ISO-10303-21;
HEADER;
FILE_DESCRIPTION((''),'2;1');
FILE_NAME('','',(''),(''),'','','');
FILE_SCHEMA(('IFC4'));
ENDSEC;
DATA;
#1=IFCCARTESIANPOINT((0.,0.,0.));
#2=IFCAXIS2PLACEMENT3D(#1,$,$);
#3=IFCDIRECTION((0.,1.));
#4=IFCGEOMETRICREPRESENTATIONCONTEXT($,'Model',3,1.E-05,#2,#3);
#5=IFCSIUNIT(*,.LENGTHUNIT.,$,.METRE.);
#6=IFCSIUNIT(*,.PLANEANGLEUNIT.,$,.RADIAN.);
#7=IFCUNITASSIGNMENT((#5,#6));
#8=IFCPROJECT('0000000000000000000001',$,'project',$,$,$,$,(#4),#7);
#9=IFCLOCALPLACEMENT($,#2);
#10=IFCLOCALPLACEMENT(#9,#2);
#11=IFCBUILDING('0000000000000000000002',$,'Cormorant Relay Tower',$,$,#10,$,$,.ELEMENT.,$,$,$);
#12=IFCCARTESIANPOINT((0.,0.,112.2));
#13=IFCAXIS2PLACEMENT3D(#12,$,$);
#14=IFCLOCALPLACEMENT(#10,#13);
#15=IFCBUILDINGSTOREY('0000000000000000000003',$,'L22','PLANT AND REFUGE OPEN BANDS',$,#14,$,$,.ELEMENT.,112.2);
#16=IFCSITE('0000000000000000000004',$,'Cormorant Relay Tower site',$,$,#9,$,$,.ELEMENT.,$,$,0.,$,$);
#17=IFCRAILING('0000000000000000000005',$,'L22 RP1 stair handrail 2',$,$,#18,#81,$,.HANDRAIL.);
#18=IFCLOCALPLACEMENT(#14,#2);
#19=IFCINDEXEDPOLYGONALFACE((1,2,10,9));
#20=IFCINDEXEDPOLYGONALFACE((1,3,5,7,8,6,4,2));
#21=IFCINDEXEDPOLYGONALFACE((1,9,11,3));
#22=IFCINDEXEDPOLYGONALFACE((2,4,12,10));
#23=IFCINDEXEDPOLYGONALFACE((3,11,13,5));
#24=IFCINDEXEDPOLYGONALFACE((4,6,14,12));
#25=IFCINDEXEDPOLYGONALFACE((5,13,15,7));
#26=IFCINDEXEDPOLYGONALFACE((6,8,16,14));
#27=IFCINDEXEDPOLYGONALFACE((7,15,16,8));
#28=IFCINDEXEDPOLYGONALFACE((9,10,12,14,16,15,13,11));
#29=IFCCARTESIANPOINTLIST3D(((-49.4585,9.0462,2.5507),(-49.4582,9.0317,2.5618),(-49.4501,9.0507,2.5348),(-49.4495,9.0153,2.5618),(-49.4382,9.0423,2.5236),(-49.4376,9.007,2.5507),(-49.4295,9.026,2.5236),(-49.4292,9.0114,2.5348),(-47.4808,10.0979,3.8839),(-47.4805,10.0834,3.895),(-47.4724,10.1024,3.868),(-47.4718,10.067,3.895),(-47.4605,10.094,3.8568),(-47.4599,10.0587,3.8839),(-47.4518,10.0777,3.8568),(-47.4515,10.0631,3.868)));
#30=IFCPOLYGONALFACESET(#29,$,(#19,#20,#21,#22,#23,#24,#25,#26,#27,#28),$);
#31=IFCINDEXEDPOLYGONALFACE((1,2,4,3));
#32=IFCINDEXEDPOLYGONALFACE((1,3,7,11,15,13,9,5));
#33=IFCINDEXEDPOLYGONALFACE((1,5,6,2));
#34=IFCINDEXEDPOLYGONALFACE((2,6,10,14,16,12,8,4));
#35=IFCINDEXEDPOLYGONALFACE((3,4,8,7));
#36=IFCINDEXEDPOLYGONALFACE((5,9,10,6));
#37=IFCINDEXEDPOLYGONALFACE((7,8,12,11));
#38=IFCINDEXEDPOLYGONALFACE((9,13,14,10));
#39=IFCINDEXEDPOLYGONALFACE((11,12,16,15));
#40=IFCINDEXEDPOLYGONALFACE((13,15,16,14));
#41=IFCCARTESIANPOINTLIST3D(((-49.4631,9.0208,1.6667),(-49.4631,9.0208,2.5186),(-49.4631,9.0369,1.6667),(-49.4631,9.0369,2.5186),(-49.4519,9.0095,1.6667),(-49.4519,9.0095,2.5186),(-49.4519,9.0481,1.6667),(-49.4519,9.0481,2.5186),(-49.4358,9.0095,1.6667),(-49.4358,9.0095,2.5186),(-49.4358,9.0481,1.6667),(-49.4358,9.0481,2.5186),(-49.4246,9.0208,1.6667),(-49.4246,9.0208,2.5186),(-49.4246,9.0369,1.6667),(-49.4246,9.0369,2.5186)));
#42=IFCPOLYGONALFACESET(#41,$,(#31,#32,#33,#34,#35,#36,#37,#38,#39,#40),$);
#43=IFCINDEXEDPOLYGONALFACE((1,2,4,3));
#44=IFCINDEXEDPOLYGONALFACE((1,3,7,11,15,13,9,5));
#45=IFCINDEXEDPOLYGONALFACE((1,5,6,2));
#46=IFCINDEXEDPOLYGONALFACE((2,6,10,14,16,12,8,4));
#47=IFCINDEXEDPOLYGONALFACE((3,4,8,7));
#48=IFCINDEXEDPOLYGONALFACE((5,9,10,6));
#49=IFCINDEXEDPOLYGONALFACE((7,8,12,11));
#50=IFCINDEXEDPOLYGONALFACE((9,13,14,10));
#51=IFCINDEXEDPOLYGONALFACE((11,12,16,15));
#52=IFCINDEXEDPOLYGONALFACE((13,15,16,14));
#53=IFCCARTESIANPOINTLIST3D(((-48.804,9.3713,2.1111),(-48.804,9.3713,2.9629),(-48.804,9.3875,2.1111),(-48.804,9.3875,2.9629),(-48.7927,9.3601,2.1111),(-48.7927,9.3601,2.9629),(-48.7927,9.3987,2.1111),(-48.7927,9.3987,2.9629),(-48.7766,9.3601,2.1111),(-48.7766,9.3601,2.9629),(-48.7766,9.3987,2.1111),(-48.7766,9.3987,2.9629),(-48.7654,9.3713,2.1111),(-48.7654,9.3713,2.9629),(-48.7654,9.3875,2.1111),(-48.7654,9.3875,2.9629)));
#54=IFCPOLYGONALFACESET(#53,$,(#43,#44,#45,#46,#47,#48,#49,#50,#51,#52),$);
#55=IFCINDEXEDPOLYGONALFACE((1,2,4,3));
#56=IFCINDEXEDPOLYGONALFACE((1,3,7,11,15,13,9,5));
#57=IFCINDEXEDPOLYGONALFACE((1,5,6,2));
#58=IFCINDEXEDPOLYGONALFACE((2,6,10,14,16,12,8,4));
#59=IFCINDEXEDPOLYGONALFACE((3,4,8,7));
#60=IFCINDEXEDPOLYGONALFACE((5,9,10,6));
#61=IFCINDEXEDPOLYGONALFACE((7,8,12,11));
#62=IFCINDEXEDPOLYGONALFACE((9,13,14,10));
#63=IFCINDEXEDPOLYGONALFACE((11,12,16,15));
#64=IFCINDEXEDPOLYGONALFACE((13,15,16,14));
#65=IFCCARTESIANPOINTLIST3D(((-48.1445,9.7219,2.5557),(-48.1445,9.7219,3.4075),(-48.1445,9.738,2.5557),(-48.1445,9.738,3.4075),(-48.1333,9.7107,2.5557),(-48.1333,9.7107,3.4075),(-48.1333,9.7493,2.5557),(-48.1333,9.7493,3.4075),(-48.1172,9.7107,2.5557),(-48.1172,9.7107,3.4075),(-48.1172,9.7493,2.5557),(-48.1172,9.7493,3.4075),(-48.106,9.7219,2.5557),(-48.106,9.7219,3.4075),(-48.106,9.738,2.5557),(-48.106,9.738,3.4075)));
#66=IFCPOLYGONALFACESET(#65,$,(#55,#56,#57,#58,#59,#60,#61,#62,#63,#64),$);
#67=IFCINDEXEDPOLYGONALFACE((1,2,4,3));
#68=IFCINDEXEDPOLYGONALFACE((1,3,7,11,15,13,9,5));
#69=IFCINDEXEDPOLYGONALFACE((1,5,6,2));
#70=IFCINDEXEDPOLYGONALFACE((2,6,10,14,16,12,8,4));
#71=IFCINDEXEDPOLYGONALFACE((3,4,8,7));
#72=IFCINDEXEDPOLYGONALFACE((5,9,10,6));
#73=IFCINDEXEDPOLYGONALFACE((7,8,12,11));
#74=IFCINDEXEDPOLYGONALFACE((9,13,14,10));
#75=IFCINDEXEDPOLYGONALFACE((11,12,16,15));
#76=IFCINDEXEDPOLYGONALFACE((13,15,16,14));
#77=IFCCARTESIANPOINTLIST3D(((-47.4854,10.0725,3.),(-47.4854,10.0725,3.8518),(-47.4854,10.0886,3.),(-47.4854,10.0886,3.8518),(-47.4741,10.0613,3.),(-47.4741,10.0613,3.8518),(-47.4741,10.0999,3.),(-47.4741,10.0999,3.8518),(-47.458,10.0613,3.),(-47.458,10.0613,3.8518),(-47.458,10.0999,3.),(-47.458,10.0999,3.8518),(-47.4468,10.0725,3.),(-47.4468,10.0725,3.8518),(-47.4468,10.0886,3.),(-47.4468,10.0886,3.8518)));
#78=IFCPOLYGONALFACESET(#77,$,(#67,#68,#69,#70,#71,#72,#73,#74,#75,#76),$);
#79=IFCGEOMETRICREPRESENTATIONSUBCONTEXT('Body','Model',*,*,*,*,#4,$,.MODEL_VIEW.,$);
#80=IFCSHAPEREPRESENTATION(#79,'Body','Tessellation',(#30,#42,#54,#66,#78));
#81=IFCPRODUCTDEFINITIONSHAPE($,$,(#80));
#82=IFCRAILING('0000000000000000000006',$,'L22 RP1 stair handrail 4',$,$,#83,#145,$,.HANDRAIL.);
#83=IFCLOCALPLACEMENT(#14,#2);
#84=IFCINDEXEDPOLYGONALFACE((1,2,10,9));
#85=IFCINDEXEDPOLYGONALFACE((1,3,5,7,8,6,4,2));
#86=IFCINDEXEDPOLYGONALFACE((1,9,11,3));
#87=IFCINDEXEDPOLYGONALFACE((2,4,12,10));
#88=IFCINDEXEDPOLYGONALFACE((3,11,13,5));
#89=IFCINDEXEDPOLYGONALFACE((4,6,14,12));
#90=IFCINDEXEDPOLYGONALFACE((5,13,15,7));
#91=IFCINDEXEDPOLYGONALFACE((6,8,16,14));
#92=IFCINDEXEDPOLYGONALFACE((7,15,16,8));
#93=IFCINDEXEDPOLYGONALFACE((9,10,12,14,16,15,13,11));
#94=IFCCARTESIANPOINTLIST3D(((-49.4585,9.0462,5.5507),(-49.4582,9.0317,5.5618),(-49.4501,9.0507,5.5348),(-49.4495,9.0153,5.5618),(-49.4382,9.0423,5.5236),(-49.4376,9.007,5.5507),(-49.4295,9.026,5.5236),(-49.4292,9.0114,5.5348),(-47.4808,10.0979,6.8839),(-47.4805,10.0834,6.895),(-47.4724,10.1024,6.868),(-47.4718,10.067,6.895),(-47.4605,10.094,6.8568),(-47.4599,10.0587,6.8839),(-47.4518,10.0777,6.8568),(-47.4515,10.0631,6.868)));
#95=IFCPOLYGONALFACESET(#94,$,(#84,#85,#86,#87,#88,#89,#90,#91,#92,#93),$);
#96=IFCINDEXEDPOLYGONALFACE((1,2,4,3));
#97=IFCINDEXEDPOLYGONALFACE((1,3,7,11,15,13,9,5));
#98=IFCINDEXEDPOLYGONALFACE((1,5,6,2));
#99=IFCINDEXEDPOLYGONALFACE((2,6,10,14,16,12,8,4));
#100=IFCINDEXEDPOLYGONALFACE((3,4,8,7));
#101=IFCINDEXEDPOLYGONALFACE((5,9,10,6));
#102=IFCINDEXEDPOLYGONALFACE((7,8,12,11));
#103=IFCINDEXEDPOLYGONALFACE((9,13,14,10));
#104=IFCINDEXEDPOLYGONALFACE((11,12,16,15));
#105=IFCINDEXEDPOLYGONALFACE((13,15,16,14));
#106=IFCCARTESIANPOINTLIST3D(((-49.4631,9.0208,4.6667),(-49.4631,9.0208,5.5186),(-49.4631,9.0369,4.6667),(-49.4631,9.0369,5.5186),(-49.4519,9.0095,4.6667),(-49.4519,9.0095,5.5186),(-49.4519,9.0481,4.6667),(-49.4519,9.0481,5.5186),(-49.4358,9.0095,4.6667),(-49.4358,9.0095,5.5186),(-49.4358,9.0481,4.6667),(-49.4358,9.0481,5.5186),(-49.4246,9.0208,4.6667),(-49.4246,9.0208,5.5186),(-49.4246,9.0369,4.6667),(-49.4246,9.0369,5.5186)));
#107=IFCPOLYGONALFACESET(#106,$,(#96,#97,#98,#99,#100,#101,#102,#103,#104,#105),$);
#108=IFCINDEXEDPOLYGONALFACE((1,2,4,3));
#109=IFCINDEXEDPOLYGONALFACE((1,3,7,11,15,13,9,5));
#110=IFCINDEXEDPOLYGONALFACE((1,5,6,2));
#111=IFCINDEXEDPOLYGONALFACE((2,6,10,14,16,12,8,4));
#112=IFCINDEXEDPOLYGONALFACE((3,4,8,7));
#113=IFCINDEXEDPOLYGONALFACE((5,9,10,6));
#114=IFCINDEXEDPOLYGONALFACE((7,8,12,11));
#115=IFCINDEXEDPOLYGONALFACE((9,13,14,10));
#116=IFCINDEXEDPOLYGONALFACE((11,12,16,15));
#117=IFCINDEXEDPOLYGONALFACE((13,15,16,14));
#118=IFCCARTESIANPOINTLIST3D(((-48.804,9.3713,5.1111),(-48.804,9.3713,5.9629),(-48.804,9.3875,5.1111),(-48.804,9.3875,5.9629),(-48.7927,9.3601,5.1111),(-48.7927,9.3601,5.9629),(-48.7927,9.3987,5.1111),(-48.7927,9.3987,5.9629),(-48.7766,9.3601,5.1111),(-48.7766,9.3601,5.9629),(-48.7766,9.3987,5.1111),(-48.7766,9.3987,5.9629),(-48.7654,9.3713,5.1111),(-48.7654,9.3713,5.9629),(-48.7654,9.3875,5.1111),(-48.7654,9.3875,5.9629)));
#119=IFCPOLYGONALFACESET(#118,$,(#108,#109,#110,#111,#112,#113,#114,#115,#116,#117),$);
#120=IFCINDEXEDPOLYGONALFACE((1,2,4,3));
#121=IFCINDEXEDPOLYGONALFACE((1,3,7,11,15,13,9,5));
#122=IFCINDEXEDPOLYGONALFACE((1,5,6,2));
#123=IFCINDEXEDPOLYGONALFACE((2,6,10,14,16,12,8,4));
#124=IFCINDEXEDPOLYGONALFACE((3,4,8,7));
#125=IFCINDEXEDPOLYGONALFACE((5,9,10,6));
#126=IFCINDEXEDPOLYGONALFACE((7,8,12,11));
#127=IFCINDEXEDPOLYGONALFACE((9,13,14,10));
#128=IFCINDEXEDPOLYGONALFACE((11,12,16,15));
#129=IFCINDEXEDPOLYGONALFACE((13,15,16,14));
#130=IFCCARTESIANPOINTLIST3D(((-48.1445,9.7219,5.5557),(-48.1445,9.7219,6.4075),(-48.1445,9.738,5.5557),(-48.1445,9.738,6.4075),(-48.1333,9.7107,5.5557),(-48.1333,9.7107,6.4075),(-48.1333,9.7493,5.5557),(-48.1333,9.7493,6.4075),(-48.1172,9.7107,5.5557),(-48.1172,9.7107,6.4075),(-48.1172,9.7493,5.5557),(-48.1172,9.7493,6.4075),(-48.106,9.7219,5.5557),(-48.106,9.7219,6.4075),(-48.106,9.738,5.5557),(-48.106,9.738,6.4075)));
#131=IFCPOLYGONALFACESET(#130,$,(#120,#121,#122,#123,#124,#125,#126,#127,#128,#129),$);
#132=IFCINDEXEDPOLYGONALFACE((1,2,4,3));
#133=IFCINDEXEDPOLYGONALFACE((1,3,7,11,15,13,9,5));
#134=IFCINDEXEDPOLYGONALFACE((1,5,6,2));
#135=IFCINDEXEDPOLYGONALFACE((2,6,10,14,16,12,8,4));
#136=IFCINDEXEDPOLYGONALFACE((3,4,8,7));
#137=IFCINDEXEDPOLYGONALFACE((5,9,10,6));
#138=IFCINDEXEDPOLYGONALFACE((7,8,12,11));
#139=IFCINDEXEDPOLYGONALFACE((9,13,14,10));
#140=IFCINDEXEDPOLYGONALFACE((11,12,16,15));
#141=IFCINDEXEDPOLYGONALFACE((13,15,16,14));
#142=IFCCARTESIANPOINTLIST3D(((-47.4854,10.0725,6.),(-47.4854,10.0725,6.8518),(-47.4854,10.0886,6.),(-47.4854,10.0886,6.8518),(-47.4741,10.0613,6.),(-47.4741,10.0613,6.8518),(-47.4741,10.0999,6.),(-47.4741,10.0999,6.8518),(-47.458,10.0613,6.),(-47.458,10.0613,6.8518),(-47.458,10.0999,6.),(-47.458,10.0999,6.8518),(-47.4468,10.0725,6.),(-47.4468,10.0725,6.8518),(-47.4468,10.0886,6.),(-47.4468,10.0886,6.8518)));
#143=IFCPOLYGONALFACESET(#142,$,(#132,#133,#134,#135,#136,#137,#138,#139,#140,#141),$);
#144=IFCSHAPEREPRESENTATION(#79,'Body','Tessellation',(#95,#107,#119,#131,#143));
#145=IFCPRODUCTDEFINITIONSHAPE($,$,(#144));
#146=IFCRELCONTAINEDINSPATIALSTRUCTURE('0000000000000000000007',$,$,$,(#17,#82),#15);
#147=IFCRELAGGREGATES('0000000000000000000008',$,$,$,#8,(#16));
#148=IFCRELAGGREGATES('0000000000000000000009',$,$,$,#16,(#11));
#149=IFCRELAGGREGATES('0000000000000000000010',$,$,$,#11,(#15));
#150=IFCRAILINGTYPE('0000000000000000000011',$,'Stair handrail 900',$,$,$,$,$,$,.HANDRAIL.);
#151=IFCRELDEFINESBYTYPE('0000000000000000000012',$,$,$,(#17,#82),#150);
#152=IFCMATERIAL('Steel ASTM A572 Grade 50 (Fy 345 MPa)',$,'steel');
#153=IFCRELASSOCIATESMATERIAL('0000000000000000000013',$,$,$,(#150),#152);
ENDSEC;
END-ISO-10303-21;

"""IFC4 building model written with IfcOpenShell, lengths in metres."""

from ifc_helpers import new_model, si_unit, direction, frame, origin, place, context, subcontext, project, spatial, polyline, outline, extrude, material, type_object, element, save


model = new_model("IFC4")

# Units and contexts
model_context = context("Model", 3, precision=1e-05, world=origin(), true_north=direction((0.0, 1.0)))
body_context = subcontext(model_context, "Body", "Model", "MODEL_VIEW")
ifc_project = project(units=[si_unit("LENGTHUNIT", "METRE"), si_unit("PLANEANGLEUNIT", "RADIAN")], contexts=[model_context])

# Site, building, storey
site_placement = place(None, origin())
site = spatial("IfcSite", under=ifc_project, at=site_placement, Name="Cormorant Relay Tower site", CompositionType="ELEMENT", RefElevation=0.0)
building_placement = place(site_placement, origin())
building = spatial("IfcBuilding", under=site, at=building_placement, Name="Cormorant Relay Tower", CompositionType="ELEMENT")
storey_placement = place(building_placement, frame((0.0, 0.0, 112.2)))
storey = spatial("IfcBuildingStorey", under=building, at=storey_placement, Name="L22", Description="PLANT AND REFUGE OPEN BANDS", CompositionType="ELEMENT", Elevation=112.2)

# Railings
ifc_material_1 = material(Name="Steel ASTM A572 Grade 50 (Fy 345 MPa)", Category="steel")
railing_type_1 = type_object("IfcRailingType", Name="Stair handrail 900", PredefinedType="HANDRAIL", material=ifc_material_1)
railing_1_placement = place(storey_placement, frame((-49.4438, 9.0288, 1.6667)))
element("IfcRailing", 1, at=railing_1_placement, inside=storey, type_object=railing_type_1, Name="L22 RP1 stair handrail 2", PredefinedType="HANDRAIL", context=body_context, shape_type="SweptSolid", body=[
    extrude(outline(polyline([(0.0222, 0.0093), (0.0093, 0.0222), (-0.0093, 0.0222), (-0.0222, 0.0093), (-0.0222, -0.0093), (-0.0093, -0.0222), (0.0093, -0.0222), (0.0222, -0.0093), (0.0222, 0.0093)])), frame((0.0, 0.0, 0.876), z_axis=(0.758703, 0.403468, 0.511452), x_axis=(-0.469524, 0.882919, 0.0)), (0.0, 0.0, 1.0), 2.6067),
    extrude(outline(polyline([(0.0193, 0.0081), (0.0081, 0.0193), (-0.0081, 0.0193), (-0.0193, 0.0081), (-0.0193, -0.0081), (-0.0081, -0.0193), (0.0081, -0.0193), (0.0193, -0.0081), (0.0193, 0.0081)])), origin(), (0.0, 0.0, 1.0), 0.8518),
    extrude(outline(polyline([(0.0193, 0.0081), (0.0081, 0.0193), (-0.0081, 0.0193), (-0.0193, 0.0081), (-0.0193, -0.0081), (-0.0081, -0.0193), (0.0081, -0.0193), (0.0193, -0.0081), (0.0193, 0.0081)])), frame((0.6592, 0.3506, 0.4443)), (0.0, 0.0, 1.0), 0.8518),
    extrude(outline(polyline([(0.0193, 0.0081), (0.0081, 0.0193), (-0.0081, 0.0193), (-0.0193, 0.0081), (-0.0193, -0.0081), (-0.0081, -0.0193), (0.0081, -0.0193), (0.0193, -0.0081), (0.0193, 0.0081)])), frame((1.3186, 0.7012, 0.8889)), (0.0, 0.0, 1.0), 0.8518),
    extrude(outline(polyline([(0.0193, 0.0081), (0.0081, 0.0193), (-0.0081, 0.0193), (-0.0193, 0.0081), (-0.0193, -0.0081), (-0.0081, -0.0193), (0.0081, -0.0193), (0.0193, -0.0081), (0.0193, 0.0081)])), frame((1.9778, 1.0518, 1.3333)), (0.0, 0.0, 1.0), 0.8518),
])
railing_2_placement = place(storey_placement, frame((-49.4438, 9.0288, 4.6667)))
element("IfcRailing", 2, at=railing_2_placement, inside=storey, type_object=railing_type_1, Name="L22 RP1 stair handrail 4", PredefinedType="HANDRAIL", context=body_context, shape_type="SweptSolid", body=[
    extrude(outline(polyline([(0.0222, 0.0093), (0.0093, 0.0222), (-0.0093, 0.0222), (-0.0222, 0.0093), (-0.0222, -0.0093), (-0.0093, -0.0222), (0.0093, -0.0222), (0.0222, -0.0093), (0.0222, 0.0093)])), frame((0.0, 0.0, 0.876), z_axis=(0.758703, 0.403468, 0.511452), x_axis=(-0.469524, 0.882919, 0.0)), (0.0, 0.0, 1.0), 2.6067),
    extrude(outline(polyline([(0.0193, 0.0081), (0.0081, 0.0193), (-0.0081, 0.0193), (-0.0193, 0.0081), (-0.0193, -0.0081), (-0.0081, -0.0193), (0.0081, -0.0193), (0.0193, -0.0081), (0.0193, 0.0081)])), origin(), (0.0, 0.0, 1.0), 0.8518),
    extrude(outline(polyline([(0.0193, 0.0081), (0.0081, 0.0193), (-0.0081, 0.0193), (-0.0193, 0.0081), (-0.0193, -0.0081), (-0.0081, -0.0193), (0.0081, -0.0193), (0.0193, -0.0081), (0.0193, 0.0081)])), frame((0.6592, 0.3506, 0.4443)), (0.0, 0.0, 1.0), 0.8518),
    extrude(outline(polyline([(0.0193, 0.0081), (0.0081, 0.0193), (-0.0081, 0.0193), (-0.0193, 0.0081), (-0.0193, -0.0081), (-0.0081, -0.0193), (0.0081, -0.0193), (0.0193, -0.0081), (0.0193, 0.0081)])), frame((1.3186, 0.7012, 0.8889)), (0.0, 0.0, 1.0), 0.8518),
    extrude(outline(polyline([(0.0193, 0.0081), (0.0081, 0.0193), (-0.0081, 0.0193), (-0.0193, 0.0081), (-0.0193, -0.0081), (-0.0081, -0.0193), (0.0081, -0.0193), (0.0193, -0.0081), (0.0193, 0.0081)])), frame((1.9778, 1.0518, 1.3333)), (0.0, 0.0, 1.0), 0.8518),
])

save(model, "model.ifc")
